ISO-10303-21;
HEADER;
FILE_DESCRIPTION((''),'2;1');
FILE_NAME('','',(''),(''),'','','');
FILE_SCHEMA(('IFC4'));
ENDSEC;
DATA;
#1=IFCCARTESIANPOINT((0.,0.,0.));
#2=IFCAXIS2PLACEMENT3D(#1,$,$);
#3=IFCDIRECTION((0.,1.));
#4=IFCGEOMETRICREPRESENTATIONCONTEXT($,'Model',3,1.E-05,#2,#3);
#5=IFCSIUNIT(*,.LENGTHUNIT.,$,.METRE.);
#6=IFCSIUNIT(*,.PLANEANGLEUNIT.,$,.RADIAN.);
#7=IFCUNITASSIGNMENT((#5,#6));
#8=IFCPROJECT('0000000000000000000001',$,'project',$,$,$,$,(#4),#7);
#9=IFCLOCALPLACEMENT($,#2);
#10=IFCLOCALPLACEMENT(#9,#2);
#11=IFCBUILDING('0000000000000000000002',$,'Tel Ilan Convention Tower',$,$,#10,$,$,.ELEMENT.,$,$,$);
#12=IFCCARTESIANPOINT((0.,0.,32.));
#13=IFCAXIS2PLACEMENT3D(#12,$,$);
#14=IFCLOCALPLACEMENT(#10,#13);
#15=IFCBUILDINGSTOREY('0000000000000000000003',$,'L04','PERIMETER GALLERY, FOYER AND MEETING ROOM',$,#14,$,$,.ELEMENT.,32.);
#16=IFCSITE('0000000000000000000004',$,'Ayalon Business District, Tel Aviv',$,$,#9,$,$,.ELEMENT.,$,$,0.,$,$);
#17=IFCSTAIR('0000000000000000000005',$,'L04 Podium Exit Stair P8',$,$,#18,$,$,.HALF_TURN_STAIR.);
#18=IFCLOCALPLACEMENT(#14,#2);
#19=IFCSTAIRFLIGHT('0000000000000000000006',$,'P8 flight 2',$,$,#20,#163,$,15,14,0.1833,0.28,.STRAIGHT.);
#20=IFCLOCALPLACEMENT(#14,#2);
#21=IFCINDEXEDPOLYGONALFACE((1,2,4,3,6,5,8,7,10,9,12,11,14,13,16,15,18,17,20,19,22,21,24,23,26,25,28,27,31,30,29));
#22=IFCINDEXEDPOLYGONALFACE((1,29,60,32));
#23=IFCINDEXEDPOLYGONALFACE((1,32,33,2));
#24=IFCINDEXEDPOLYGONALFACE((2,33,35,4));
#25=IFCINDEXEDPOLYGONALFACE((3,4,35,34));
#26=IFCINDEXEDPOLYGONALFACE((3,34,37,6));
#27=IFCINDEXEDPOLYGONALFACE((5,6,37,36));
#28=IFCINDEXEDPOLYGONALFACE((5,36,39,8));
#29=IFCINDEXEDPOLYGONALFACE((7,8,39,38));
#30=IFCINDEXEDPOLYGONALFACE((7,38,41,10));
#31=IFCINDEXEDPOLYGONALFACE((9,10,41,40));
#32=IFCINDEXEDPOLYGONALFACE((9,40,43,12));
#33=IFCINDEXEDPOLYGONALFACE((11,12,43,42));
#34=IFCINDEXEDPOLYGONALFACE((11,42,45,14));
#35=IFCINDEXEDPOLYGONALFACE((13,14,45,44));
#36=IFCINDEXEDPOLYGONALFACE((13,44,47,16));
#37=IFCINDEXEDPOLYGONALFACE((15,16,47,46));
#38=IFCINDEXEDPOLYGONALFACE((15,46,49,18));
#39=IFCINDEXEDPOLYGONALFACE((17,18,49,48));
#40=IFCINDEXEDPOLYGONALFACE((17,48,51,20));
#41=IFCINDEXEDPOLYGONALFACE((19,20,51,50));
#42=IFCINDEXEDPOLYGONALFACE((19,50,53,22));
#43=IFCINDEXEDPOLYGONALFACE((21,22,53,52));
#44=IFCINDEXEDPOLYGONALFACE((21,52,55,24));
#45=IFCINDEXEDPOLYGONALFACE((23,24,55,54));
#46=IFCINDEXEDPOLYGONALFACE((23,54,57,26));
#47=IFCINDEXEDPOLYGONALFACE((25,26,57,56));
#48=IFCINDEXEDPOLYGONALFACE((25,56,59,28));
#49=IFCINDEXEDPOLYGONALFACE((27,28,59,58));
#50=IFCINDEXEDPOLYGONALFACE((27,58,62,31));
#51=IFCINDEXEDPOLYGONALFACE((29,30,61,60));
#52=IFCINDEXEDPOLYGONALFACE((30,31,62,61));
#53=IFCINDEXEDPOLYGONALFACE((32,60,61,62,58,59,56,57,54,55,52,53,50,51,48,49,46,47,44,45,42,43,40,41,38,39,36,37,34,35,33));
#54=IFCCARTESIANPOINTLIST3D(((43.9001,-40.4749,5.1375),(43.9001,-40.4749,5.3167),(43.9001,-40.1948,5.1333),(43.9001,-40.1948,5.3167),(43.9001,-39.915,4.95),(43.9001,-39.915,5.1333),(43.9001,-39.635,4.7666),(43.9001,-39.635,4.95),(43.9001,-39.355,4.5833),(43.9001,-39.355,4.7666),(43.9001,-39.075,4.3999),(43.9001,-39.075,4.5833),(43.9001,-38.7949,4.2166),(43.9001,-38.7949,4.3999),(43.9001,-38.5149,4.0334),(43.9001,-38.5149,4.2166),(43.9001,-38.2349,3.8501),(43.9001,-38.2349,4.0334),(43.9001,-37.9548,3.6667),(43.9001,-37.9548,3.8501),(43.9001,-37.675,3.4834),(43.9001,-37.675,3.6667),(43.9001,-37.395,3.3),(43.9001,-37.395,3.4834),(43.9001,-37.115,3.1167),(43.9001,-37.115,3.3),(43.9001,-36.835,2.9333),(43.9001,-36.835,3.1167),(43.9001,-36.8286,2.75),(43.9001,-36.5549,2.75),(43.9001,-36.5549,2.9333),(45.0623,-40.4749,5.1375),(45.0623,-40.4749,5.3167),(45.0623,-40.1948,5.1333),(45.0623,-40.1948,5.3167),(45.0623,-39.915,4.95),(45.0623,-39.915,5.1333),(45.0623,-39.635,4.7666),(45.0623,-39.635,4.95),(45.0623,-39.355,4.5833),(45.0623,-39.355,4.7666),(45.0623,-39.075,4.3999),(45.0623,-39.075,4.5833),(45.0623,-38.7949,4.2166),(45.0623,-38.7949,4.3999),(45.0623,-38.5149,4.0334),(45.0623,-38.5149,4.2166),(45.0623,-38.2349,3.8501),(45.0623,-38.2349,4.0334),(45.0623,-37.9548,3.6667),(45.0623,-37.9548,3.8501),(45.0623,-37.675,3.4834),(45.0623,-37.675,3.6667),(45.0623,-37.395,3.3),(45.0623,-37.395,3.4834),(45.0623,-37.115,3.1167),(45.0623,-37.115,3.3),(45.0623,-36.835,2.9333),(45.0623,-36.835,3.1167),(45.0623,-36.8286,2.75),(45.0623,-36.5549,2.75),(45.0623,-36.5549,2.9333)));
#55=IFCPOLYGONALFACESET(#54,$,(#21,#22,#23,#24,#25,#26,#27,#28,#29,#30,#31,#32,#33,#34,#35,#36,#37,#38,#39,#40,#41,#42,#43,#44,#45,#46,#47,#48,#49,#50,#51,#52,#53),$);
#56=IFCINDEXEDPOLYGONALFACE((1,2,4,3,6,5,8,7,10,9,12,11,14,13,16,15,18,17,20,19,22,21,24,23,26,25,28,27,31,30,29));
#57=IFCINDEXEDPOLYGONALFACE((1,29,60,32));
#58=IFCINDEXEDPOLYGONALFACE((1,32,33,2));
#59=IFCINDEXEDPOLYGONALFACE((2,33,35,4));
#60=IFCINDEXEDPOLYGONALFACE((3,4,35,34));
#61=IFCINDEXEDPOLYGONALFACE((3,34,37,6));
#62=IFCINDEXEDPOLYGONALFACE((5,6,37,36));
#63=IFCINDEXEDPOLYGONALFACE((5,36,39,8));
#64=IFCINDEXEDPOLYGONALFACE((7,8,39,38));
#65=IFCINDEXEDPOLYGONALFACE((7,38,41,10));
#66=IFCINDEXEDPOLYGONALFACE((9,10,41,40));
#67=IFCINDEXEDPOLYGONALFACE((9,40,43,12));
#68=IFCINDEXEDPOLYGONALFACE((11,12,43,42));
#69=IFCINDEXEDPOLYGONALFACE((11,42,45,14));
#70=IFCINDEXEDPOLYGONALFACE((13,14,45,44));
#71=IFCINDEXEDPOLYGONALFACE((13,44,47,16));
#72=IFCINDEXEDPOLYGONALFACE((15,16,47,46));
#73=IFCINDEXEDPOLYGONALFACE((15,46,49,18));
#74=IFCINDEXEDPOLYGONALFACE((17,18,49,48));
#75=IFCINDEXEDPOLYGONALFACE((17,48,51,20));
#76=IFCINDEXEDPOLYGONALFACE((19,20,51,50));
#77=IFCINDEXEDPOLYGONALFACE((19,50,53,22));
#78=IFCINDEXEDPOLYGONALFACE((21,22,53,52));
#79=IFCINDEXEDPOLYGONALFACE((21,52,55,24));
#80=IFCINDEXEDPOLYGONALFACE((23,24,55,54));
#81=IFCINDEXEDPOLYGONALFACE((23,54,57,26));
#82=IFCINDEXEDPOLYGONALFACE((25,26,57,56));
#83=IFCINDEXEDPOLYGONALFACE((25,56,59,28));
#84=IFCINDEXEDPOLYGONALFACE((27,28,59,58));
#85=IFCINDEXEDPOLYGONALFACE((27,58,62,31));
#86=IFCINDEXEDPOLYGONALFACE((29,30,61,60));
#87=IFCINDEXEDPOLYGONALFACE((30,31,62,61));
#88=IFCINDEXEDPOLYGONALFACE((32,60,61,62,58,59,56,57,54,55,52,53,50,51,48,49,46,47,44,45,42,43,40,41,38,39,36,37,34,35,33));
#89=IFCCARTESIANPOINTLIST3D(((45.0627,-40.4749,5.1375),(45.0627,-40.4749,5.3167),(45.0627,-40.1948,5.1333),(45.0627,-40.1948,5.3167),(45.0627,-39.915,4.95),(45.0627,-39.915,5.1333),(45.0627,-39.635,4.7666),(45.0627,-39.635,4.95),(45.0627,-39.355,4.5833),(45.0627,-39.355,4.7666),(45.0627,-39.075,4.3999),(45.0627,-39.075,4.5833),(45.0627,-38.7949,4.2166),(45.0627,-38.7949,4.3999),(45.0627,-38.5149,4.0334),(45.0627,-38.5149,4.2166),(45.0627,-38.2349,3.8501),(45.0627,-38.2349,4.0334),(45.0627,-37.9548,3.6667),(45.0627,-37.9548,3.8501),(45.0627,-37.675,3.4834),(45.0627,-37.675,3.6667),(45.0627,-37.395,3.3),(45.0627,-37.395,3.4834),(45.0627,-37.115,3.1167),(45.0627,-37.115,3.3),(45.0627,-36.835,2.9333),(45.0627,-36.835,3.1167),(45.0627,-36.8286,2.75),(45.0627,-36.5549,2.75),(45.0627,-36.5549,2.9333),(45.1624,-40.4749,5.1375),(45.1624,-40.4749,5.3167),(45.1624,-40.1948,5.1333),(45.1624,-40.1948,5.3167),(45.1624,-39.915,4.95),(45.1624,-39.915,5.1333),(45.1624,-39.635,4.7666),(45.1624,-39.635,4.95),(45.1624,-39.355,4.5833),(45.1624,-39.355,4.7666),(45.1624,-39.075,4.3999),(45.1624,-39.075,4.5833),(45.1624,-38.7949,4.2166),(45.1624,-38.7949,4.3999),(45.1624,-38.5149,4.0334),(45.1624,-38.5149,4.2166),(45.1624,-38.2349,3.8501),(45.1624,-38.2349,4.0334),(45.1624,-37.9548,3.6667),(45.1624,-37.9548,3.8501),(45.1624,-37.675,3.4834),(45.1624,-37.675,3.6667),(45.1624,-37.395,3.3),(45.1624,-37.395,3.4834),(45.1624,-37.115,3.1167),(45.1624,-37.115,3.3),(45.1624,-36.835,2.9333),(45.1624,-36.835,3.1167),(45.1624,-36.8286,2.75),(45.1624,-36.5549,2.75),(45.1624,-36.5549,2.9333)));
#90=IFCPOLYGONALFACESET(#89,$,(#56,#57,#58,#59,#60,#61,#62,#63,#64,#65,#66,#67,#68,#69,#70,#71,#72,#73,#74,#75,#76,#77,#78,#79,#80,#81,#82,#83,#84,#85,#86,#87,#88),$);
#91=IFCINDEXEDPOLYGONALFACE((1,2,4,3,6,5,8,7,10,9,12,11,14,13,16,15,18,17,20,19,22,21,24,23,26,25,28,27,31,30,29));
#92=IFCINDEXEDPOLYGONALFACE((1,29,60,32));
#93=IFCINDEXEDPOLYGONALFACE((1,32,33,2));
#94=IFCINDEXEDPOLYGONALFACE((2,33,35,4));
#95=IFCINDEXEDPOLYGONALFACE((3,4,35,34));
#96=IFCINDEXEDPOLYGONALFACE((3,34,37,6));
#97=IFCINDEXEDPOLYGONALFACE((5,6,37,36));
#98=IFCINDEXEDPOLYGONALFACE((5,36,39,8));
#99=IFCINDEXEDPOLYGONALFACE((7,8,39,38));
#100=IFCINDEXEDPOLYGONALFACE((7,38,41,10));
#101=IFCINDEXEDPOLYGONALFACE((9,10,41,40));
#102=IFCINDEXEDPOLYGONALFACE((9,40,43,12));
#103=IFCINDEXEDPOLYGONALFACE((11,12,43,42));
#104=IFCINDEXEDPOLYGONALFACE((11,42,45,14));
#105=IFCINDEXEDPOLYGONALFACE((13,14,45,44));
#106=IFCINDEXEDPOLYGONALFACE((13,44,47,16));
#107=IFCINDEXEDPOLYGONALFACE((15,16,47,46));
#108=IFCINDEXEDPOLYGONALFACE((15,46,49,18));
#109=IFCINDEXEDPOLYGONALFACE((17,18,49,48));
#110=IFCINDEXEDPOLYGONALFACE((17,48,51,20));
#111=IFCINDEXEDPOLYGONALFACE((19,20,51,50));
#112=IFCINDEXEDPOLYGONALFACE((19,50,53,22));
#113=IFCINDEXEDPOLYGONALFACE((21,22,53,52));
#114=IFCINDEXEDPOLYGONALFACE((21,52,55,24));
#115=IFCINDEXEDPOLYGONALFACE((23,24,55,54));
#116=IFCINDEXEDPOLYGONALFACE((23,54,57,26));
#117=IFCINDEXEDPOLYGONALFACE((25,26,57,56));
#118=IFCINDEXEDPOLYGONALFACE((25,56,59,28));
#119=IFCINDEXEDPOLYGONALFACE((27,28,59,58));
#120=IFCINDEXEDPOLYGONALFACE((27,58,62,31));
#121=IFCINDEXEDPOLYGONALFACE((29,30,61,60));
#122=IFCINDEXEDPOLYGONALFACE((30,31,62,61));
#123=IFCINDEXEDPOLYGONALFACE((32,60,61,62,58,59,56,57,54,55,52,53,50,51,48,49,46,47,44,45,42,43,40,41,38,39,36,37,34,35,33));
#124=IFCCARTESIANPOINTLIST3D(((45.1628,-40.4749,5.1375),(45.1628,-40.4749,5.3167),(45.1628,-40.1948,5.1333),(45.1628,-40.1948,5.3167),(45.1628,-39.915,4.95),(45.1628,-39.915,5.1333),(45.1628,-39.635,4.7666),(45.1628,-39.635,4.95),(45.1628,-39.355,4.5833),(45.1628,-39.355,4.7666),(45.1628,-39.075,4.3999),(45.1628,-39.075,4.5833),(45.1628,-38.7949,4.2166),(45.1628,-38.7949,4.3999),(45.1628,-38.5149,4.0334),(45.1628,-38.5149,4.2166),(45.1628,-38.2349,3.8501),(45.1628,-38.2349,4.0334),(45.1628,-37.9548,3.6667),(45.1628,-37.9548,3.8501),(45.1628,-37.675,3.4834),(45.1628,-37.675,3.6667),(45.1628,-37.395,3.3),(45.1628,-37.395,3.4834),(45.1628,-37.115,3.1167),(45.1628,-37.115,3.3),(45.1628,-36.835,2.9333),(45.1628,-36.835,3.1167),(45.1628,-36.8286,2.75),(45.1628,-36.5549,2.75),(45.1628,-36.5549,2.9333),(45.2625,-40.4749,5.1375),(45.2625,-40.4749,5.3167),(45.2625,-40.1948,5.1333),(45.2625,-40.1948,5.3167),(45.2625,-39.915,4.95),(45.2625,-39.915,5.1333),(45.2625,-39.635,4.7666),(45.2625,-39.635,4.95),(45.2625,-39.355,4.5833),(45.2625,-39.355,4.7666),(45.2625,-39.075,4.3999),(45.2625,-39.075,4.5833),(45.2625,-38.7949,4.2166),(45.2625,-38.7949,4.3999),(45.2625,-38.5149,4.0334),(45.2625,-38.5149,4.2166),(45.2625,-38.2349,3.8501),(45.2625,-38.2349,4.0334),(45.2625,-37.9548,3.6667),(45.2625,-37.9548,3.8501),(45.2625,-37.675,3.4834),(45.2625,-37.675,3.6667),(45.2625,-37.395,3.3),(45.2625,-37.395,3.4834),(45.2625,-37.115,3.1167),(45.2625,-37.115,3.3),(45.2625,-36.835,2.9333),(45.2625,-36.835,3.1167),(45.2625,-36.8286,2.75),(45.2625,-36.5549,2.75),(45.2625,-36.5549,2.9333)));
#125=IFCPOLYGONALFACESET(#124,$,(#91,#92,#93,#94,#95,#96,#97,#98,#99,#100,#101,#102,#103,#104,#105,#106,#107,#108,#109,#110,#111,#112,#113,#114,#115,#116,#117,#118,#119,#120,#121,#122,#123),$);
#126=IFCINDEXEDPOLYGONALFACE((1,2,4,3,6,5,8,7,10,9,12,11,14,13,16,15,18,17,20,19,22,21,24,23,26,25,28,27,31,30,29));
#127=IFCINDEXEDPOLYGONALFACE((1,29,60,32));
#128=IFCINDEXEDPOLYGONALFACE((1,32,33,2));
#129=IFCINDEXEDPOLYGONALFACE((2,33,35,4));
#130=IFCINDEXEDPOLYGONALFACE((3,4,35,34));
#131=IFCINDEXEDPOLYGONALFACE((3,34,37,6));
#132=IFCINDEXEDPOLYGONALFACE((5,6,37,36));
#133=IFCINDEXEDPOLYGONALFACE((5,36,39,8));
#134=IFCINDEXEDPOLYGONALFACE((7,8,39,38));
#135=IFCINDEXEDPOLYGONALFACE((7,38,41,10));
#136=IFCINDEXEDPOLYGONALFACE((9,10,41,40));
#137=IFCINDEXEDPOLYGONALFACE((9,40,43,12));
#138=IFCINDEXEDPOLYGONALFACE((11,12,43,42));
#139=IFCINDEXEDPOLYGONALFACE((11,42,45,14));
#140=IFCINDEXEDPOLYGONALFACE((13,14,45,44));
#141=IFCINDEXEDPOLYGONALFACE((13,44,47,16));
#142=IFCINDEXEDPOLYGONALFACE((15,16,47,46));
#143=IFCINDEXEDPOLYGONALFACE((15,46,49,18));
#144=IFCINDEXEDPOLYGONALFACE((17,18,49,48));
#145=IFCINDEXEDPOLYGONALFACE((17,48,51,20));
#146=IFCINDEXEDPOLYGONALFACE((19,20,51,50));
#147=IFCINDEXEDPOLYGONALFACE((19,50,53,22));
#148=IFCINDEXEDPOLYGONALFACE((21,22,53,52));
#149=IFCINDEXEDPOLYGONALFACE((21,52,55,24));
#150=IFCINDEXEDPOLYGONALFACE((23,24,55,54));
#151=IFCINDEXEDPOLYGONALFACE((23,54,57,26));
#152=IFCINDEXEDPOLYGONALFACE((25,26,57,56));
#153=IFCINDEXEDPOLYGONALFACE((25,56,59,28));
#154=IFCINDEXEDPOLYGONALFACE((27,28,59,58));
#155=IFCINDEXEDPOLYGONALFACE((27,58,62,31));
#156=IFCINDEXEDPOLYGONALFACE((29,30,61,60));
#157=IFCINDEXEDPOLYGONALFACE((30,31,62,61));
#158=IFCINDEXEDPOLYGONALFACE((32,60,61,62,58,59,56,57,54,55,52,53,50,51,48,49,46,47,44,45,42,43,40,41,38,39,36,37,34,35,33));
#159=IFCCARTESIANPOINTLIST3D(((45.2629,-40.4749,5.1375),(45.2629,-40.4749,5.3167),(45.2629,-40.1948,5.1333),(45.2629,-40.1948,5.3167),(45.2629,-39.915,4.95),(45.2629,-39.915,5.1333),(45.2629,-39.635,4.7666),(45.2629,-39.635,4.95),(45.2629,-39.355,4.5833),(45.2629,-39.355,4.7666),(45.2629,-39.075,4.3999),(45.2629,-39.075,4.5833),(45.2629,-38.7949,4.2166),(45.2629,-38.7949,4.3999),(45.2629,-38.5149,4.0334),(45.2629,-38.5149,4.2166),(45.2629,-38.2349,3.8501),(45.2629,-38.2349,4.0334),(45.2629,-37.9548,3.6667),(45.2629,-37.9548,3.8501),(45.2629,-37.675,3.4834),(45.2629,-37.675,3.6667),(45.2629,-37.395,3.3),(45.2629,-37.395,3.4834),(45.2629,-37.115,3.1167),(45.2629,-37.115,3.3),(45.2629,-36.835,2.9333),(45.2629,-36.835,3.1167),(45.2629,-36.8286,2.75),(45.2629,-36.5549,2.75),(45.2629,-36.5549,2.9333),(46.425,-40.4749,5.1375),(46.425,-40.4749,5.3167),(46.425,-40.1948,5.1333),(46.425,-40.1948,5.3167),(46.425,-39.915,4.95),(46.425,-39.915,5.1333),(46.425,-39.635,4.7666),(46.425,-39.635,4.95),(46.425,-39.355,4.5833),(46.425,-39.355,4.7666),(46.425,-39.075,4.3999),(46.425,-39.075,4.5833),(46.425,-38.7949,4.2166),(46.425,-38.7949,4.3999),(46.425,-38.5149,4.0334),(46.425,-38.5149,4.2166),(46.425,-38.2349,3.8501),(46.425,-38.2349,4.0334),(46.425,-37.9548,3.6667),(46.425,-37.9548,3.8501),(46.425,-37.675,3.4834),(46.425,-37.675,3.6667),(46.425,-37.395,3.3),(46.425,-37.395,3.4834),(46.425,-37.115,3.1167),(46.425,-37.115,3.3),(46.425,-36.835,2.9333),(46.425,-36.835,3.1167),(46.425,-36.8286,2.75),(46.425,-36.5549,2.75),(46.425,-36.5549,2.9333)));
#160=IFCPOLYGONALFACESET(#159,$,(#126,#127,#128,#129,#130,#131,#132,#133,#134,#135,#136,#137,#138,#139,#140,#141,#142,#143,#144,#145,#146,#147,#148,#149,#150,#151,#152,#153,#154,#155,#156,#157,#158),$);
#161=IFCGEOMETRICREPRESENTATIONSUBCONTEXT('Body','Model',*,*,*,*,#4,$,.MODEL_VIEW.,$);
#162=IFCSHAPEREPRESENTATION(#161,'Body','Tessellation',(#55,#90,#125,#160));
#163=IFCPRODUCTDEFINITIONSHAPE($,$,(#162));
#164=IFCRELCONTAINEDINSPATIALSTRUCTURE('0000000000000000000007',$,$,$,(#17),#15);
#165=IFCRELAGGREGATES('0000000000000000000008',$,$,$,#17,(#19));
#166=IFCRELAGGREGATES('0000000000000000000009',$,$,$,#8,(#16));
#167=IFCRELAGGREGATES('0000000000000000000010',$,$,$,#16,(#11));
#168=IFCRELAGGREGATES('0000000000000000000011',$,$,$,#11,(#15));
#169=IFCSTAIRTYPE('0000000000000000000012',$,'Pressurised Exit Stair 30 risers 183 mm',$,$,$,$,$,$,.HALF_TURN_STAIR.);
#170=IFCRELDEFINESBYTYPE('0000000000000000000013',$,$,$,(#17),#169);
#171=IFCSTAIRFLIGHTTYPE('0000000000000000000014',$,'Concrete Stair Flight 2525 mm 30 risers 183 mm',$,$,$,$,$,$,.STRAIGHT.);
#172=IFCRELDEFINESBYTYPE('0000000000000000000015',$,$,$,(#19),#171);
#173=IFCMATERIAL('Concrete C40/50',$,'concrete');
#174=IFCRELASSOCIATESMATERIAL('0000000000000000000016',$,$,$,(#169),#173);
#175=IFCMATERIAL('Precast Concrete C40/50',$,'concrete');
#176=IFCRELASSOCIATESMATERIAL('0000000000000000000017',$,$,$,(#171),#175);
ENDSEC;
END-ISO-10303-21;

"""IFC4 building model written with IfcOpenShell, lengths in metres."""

from ifc_helpers import new_model, si_unit, direction, frame, origin, place, context, subcontext, project, spatial, polyline, outline, extrude, material, type_object, element, aggregate, save


model = new_model("IFC4")

# Units and contexts
model_context = context("Model", 3, precision=1e-05, world=origin(), true_north=direction((0.0, 1.0)))
body_context = subcontext(model_context, "Body", "Model", "MODEL_VIEW")
ifc_project = project(units=[si_unit("LENGTHUNIT", "METRE"), si_unit("PLANEANGLEUNIT", "RADIAN")], contexts=[model_context])

# Site, building, storey
site_placement = place(None, origin())
site = spatial("IfcSite", under=ifc_project, at=site_placement, Name="Ayalon Business District, Tel Aviv", CompositionType="ELEMENT", RefElevation=0.0)
building_placement = place(site_placement, origin())
building = spatial("IfcBuilding", under=site, at=building_placement, Name="Tel Ilan Convention Tower", CompositionType="ELEMENT")
storey_placement = place(building_placement, frame((0.0, 0.0, 32.0)))
storey = spatial("IfcBuildingStorey", under=building, at=storey_placement, Name="L04", Description="PERIMETER GALLERY, FOYER AND MEETING ROOM", CompositionType="ELEMENT", Elevation=32.0)

# Stair, stair flight
ifc_material_1 = material(Name="Concrete C40/50", Category="concrete")
stair_type = type_object("IfcStairType", Name="Pressurised Exit Stair 30 risers 183 mm", PredefinedType="HALF_TURN_STAIR", material=ifc_material_1)
ifc_material_2 = material(Name="Precast Concrete C40/50", Category="concrete")
stair_flight_type = type_object("IfcStairFlightType", Name="Concrete Stair Flight 2525 mm 30 risers 183 mm", PredefinedType="STRAIGHT", material=ifc_material_2)
stair_1_placement = place(storey_placement, origin())
stair_1 = element("IfcStair", 1, at=stair_1_placement, inside=storey, type_object=stair_type, Name="L04 Podium Exit Stair P8", PredefinedType="HALF_TURN_STAIR")
stair_flight_1_placement = place(storey_placement, frame((45.1626, -36.5549, 2.75), z_axis=(0.0, 0.0, 1.0), x_axis=(0.0, -1.0, 0.0)))
stair_flight_1 = element("IfcStairFlight", 2, at=stair_flight_1_placement, type_object=stair_flight_type, Name="P8 flight 2", NumberOfRisers=15, NumberOfTreads=14, PredefinedType="STRAIGHT", RiserHeight=0.1833, TreadLength=0.28, context=body_context, shape_type="SweptSolid", body=[
    extrude(outline(polyline([(0.0, 0.0), (0.0, 0.1833), (0.28, 0.1833), (0.28, 0.3667), (0.5601, 0.3667), (0.5601, 0.55), (0.8401, 0.55), (0.8401, 0.7334), (1.1201, 0.7334), (1.1201, 0.9167), (1.3999, 0.9167), (1.3999, 1.1001), (1.6799, 1.1001), (1.6799, 1.2834), (1.96, 1.2834), (1.96, 1.4666), (2.24, 1.4666), (2.24, 1.6499), (2.52, 1.6499), (2.52, 1.8333), (2.8, 1.8333), (2.8, 2.0166), (3.0801, 2.0166), (3.0801, 2.2), (3.3601, 2.2), (3.3601, 2.3833), (3.6399, 2.3833), (3.6399, 2.5667), (3.9199, 2.5667), (3.9199, 2.75), (3.9199, 2.3875), (0.2737, 0.0), (0.0, 0.0)])), frame((0.0, -0.1003, 0.0), z_axis=(0.0, -1.0, 0.0), x_axis=(1.0, 0.0, 0.0)), (0.0, 0.0, 1.0), 1.1621),
    extrude(outline(polyline([(0.0, 0.0), (0.0, 0.1833), (0.28, 0.1833), (0.28, 0.3667), (0.5601, 0.3667), (0.5601, 0.55), (0.8401, 0.55), (0.8401, 0.7334), (1.1201, 0.7334), (1.1201, 0.9167), (1.3999, 0.9167), (1.3999, 1.1001), (1.6799, 1.1001), (1.6799, 1.2834), (1.96, 1.2834), (1.96, 1.4666), (2.24, 1.4666), (2.24, 1.6499), (2.52, 1.6499), (2.52, 1.8333), (2.8, 1.8333), (2.8, 2.0166), (3.0801, 2.0166), (3.0801, 2.2), (3.3601, 2.2), (3.3601, 2.3833), (3.6399, 2.3833), (3.6399, 2.5667), (3.9199, 2.5667), (3.9199, 2.75), (3.9199, 2.3875), (0.2737, 0.0), (0.0, 0.0)])), frame((0.0, -0.0002, 0.0), z_axis=(0.0, -1.0, 0.0), x_axis=(1.0, 0.0, 0.0)), (0.0, 0.0, 1.0), 0.0996),
    extrude(outline(polyline([(0.0, 0.0), (0.0, 0.1833), (0.28, 0.1833), (0.28, 0.3667), (0.5601, 0.3667), (0.5601, 0.55), (0.8401, 0.55), (0.8401, 0.7334), (1.1201, 0.7334), (1.1201, 0.9167), (1.3999, 0.9167), (1.3999, 1.1001), (1.6799, 1.1001), (1.6799, 1.2834), (1.96, 1.2834), (1.96, 1.4666), (2.24, 1.4666), (2.24, 1.6499), (2.52, 1.6499), (2.52, 1.8333), (2.8, 1.8333), (2.8, 2.0166), (3.0801, 2.0166), (3.0801, 2.2), (3.3601, 2.2), (3.3601, 2.3833), (3.6399, 2.3833), (3.6399, 2.5667), (3.9199, 2.5667), (3.9199, 2.75), (3.9199, 2.3875), (0.2737, 0.0), (0.0, 0.0)])), frame((0.0, 0.0999, 0.0), z_axis=(0.0, -1.0, 0.0), x_axis=(1.0, 0.0, 0.0)), (0.0, 0.0, 1.0), 0.0996),
    extrude(outline(polyline([(0.0, 0.0), (0.0, 0.1833), (0.28, 0.1833), (0.28, 0.3667), (0.5601, 0.3667), (0.5601, 0.55), (0.8401, 0.55), (0.8401, 0.7334), (1.1201, 0.7334), (1.1201, 0.9167), (1.3999, 0.9167), (1.3999, 1.1001), (1.6799, 1.1001), (1.6799, 1.2834), (1.96, 1.2834), (1.96, 1.4666), (2.24, 1.4666), (2.24, 1.6499), (2.52, 1.6499), (2.52, 1.8333), (2.8, 1.8333), (2.8, 2.0166), (3.0801, 2.0166), (3.0801, 2.2), (3.3601, 2.2), (3.3601, 2.3833), (3.6399, 2.3833), (3.6399, 2.5667), (3.9199, 2.5667), (3.9199, 2.75), (3.9199, 2.3875), (0.2737, 0.0), (0.0, 0.0)])), frame((0.0, 1.2625, 0.0), z_axis=(0.0, -1.0, 0.0), x_axis=(1.0, 0.0, 0.0)), (0.0, 0.0, 1.0), 1.1621),
])
aggregate(stair_1, [stair_flight_1])

save(model, "model.ifc")
